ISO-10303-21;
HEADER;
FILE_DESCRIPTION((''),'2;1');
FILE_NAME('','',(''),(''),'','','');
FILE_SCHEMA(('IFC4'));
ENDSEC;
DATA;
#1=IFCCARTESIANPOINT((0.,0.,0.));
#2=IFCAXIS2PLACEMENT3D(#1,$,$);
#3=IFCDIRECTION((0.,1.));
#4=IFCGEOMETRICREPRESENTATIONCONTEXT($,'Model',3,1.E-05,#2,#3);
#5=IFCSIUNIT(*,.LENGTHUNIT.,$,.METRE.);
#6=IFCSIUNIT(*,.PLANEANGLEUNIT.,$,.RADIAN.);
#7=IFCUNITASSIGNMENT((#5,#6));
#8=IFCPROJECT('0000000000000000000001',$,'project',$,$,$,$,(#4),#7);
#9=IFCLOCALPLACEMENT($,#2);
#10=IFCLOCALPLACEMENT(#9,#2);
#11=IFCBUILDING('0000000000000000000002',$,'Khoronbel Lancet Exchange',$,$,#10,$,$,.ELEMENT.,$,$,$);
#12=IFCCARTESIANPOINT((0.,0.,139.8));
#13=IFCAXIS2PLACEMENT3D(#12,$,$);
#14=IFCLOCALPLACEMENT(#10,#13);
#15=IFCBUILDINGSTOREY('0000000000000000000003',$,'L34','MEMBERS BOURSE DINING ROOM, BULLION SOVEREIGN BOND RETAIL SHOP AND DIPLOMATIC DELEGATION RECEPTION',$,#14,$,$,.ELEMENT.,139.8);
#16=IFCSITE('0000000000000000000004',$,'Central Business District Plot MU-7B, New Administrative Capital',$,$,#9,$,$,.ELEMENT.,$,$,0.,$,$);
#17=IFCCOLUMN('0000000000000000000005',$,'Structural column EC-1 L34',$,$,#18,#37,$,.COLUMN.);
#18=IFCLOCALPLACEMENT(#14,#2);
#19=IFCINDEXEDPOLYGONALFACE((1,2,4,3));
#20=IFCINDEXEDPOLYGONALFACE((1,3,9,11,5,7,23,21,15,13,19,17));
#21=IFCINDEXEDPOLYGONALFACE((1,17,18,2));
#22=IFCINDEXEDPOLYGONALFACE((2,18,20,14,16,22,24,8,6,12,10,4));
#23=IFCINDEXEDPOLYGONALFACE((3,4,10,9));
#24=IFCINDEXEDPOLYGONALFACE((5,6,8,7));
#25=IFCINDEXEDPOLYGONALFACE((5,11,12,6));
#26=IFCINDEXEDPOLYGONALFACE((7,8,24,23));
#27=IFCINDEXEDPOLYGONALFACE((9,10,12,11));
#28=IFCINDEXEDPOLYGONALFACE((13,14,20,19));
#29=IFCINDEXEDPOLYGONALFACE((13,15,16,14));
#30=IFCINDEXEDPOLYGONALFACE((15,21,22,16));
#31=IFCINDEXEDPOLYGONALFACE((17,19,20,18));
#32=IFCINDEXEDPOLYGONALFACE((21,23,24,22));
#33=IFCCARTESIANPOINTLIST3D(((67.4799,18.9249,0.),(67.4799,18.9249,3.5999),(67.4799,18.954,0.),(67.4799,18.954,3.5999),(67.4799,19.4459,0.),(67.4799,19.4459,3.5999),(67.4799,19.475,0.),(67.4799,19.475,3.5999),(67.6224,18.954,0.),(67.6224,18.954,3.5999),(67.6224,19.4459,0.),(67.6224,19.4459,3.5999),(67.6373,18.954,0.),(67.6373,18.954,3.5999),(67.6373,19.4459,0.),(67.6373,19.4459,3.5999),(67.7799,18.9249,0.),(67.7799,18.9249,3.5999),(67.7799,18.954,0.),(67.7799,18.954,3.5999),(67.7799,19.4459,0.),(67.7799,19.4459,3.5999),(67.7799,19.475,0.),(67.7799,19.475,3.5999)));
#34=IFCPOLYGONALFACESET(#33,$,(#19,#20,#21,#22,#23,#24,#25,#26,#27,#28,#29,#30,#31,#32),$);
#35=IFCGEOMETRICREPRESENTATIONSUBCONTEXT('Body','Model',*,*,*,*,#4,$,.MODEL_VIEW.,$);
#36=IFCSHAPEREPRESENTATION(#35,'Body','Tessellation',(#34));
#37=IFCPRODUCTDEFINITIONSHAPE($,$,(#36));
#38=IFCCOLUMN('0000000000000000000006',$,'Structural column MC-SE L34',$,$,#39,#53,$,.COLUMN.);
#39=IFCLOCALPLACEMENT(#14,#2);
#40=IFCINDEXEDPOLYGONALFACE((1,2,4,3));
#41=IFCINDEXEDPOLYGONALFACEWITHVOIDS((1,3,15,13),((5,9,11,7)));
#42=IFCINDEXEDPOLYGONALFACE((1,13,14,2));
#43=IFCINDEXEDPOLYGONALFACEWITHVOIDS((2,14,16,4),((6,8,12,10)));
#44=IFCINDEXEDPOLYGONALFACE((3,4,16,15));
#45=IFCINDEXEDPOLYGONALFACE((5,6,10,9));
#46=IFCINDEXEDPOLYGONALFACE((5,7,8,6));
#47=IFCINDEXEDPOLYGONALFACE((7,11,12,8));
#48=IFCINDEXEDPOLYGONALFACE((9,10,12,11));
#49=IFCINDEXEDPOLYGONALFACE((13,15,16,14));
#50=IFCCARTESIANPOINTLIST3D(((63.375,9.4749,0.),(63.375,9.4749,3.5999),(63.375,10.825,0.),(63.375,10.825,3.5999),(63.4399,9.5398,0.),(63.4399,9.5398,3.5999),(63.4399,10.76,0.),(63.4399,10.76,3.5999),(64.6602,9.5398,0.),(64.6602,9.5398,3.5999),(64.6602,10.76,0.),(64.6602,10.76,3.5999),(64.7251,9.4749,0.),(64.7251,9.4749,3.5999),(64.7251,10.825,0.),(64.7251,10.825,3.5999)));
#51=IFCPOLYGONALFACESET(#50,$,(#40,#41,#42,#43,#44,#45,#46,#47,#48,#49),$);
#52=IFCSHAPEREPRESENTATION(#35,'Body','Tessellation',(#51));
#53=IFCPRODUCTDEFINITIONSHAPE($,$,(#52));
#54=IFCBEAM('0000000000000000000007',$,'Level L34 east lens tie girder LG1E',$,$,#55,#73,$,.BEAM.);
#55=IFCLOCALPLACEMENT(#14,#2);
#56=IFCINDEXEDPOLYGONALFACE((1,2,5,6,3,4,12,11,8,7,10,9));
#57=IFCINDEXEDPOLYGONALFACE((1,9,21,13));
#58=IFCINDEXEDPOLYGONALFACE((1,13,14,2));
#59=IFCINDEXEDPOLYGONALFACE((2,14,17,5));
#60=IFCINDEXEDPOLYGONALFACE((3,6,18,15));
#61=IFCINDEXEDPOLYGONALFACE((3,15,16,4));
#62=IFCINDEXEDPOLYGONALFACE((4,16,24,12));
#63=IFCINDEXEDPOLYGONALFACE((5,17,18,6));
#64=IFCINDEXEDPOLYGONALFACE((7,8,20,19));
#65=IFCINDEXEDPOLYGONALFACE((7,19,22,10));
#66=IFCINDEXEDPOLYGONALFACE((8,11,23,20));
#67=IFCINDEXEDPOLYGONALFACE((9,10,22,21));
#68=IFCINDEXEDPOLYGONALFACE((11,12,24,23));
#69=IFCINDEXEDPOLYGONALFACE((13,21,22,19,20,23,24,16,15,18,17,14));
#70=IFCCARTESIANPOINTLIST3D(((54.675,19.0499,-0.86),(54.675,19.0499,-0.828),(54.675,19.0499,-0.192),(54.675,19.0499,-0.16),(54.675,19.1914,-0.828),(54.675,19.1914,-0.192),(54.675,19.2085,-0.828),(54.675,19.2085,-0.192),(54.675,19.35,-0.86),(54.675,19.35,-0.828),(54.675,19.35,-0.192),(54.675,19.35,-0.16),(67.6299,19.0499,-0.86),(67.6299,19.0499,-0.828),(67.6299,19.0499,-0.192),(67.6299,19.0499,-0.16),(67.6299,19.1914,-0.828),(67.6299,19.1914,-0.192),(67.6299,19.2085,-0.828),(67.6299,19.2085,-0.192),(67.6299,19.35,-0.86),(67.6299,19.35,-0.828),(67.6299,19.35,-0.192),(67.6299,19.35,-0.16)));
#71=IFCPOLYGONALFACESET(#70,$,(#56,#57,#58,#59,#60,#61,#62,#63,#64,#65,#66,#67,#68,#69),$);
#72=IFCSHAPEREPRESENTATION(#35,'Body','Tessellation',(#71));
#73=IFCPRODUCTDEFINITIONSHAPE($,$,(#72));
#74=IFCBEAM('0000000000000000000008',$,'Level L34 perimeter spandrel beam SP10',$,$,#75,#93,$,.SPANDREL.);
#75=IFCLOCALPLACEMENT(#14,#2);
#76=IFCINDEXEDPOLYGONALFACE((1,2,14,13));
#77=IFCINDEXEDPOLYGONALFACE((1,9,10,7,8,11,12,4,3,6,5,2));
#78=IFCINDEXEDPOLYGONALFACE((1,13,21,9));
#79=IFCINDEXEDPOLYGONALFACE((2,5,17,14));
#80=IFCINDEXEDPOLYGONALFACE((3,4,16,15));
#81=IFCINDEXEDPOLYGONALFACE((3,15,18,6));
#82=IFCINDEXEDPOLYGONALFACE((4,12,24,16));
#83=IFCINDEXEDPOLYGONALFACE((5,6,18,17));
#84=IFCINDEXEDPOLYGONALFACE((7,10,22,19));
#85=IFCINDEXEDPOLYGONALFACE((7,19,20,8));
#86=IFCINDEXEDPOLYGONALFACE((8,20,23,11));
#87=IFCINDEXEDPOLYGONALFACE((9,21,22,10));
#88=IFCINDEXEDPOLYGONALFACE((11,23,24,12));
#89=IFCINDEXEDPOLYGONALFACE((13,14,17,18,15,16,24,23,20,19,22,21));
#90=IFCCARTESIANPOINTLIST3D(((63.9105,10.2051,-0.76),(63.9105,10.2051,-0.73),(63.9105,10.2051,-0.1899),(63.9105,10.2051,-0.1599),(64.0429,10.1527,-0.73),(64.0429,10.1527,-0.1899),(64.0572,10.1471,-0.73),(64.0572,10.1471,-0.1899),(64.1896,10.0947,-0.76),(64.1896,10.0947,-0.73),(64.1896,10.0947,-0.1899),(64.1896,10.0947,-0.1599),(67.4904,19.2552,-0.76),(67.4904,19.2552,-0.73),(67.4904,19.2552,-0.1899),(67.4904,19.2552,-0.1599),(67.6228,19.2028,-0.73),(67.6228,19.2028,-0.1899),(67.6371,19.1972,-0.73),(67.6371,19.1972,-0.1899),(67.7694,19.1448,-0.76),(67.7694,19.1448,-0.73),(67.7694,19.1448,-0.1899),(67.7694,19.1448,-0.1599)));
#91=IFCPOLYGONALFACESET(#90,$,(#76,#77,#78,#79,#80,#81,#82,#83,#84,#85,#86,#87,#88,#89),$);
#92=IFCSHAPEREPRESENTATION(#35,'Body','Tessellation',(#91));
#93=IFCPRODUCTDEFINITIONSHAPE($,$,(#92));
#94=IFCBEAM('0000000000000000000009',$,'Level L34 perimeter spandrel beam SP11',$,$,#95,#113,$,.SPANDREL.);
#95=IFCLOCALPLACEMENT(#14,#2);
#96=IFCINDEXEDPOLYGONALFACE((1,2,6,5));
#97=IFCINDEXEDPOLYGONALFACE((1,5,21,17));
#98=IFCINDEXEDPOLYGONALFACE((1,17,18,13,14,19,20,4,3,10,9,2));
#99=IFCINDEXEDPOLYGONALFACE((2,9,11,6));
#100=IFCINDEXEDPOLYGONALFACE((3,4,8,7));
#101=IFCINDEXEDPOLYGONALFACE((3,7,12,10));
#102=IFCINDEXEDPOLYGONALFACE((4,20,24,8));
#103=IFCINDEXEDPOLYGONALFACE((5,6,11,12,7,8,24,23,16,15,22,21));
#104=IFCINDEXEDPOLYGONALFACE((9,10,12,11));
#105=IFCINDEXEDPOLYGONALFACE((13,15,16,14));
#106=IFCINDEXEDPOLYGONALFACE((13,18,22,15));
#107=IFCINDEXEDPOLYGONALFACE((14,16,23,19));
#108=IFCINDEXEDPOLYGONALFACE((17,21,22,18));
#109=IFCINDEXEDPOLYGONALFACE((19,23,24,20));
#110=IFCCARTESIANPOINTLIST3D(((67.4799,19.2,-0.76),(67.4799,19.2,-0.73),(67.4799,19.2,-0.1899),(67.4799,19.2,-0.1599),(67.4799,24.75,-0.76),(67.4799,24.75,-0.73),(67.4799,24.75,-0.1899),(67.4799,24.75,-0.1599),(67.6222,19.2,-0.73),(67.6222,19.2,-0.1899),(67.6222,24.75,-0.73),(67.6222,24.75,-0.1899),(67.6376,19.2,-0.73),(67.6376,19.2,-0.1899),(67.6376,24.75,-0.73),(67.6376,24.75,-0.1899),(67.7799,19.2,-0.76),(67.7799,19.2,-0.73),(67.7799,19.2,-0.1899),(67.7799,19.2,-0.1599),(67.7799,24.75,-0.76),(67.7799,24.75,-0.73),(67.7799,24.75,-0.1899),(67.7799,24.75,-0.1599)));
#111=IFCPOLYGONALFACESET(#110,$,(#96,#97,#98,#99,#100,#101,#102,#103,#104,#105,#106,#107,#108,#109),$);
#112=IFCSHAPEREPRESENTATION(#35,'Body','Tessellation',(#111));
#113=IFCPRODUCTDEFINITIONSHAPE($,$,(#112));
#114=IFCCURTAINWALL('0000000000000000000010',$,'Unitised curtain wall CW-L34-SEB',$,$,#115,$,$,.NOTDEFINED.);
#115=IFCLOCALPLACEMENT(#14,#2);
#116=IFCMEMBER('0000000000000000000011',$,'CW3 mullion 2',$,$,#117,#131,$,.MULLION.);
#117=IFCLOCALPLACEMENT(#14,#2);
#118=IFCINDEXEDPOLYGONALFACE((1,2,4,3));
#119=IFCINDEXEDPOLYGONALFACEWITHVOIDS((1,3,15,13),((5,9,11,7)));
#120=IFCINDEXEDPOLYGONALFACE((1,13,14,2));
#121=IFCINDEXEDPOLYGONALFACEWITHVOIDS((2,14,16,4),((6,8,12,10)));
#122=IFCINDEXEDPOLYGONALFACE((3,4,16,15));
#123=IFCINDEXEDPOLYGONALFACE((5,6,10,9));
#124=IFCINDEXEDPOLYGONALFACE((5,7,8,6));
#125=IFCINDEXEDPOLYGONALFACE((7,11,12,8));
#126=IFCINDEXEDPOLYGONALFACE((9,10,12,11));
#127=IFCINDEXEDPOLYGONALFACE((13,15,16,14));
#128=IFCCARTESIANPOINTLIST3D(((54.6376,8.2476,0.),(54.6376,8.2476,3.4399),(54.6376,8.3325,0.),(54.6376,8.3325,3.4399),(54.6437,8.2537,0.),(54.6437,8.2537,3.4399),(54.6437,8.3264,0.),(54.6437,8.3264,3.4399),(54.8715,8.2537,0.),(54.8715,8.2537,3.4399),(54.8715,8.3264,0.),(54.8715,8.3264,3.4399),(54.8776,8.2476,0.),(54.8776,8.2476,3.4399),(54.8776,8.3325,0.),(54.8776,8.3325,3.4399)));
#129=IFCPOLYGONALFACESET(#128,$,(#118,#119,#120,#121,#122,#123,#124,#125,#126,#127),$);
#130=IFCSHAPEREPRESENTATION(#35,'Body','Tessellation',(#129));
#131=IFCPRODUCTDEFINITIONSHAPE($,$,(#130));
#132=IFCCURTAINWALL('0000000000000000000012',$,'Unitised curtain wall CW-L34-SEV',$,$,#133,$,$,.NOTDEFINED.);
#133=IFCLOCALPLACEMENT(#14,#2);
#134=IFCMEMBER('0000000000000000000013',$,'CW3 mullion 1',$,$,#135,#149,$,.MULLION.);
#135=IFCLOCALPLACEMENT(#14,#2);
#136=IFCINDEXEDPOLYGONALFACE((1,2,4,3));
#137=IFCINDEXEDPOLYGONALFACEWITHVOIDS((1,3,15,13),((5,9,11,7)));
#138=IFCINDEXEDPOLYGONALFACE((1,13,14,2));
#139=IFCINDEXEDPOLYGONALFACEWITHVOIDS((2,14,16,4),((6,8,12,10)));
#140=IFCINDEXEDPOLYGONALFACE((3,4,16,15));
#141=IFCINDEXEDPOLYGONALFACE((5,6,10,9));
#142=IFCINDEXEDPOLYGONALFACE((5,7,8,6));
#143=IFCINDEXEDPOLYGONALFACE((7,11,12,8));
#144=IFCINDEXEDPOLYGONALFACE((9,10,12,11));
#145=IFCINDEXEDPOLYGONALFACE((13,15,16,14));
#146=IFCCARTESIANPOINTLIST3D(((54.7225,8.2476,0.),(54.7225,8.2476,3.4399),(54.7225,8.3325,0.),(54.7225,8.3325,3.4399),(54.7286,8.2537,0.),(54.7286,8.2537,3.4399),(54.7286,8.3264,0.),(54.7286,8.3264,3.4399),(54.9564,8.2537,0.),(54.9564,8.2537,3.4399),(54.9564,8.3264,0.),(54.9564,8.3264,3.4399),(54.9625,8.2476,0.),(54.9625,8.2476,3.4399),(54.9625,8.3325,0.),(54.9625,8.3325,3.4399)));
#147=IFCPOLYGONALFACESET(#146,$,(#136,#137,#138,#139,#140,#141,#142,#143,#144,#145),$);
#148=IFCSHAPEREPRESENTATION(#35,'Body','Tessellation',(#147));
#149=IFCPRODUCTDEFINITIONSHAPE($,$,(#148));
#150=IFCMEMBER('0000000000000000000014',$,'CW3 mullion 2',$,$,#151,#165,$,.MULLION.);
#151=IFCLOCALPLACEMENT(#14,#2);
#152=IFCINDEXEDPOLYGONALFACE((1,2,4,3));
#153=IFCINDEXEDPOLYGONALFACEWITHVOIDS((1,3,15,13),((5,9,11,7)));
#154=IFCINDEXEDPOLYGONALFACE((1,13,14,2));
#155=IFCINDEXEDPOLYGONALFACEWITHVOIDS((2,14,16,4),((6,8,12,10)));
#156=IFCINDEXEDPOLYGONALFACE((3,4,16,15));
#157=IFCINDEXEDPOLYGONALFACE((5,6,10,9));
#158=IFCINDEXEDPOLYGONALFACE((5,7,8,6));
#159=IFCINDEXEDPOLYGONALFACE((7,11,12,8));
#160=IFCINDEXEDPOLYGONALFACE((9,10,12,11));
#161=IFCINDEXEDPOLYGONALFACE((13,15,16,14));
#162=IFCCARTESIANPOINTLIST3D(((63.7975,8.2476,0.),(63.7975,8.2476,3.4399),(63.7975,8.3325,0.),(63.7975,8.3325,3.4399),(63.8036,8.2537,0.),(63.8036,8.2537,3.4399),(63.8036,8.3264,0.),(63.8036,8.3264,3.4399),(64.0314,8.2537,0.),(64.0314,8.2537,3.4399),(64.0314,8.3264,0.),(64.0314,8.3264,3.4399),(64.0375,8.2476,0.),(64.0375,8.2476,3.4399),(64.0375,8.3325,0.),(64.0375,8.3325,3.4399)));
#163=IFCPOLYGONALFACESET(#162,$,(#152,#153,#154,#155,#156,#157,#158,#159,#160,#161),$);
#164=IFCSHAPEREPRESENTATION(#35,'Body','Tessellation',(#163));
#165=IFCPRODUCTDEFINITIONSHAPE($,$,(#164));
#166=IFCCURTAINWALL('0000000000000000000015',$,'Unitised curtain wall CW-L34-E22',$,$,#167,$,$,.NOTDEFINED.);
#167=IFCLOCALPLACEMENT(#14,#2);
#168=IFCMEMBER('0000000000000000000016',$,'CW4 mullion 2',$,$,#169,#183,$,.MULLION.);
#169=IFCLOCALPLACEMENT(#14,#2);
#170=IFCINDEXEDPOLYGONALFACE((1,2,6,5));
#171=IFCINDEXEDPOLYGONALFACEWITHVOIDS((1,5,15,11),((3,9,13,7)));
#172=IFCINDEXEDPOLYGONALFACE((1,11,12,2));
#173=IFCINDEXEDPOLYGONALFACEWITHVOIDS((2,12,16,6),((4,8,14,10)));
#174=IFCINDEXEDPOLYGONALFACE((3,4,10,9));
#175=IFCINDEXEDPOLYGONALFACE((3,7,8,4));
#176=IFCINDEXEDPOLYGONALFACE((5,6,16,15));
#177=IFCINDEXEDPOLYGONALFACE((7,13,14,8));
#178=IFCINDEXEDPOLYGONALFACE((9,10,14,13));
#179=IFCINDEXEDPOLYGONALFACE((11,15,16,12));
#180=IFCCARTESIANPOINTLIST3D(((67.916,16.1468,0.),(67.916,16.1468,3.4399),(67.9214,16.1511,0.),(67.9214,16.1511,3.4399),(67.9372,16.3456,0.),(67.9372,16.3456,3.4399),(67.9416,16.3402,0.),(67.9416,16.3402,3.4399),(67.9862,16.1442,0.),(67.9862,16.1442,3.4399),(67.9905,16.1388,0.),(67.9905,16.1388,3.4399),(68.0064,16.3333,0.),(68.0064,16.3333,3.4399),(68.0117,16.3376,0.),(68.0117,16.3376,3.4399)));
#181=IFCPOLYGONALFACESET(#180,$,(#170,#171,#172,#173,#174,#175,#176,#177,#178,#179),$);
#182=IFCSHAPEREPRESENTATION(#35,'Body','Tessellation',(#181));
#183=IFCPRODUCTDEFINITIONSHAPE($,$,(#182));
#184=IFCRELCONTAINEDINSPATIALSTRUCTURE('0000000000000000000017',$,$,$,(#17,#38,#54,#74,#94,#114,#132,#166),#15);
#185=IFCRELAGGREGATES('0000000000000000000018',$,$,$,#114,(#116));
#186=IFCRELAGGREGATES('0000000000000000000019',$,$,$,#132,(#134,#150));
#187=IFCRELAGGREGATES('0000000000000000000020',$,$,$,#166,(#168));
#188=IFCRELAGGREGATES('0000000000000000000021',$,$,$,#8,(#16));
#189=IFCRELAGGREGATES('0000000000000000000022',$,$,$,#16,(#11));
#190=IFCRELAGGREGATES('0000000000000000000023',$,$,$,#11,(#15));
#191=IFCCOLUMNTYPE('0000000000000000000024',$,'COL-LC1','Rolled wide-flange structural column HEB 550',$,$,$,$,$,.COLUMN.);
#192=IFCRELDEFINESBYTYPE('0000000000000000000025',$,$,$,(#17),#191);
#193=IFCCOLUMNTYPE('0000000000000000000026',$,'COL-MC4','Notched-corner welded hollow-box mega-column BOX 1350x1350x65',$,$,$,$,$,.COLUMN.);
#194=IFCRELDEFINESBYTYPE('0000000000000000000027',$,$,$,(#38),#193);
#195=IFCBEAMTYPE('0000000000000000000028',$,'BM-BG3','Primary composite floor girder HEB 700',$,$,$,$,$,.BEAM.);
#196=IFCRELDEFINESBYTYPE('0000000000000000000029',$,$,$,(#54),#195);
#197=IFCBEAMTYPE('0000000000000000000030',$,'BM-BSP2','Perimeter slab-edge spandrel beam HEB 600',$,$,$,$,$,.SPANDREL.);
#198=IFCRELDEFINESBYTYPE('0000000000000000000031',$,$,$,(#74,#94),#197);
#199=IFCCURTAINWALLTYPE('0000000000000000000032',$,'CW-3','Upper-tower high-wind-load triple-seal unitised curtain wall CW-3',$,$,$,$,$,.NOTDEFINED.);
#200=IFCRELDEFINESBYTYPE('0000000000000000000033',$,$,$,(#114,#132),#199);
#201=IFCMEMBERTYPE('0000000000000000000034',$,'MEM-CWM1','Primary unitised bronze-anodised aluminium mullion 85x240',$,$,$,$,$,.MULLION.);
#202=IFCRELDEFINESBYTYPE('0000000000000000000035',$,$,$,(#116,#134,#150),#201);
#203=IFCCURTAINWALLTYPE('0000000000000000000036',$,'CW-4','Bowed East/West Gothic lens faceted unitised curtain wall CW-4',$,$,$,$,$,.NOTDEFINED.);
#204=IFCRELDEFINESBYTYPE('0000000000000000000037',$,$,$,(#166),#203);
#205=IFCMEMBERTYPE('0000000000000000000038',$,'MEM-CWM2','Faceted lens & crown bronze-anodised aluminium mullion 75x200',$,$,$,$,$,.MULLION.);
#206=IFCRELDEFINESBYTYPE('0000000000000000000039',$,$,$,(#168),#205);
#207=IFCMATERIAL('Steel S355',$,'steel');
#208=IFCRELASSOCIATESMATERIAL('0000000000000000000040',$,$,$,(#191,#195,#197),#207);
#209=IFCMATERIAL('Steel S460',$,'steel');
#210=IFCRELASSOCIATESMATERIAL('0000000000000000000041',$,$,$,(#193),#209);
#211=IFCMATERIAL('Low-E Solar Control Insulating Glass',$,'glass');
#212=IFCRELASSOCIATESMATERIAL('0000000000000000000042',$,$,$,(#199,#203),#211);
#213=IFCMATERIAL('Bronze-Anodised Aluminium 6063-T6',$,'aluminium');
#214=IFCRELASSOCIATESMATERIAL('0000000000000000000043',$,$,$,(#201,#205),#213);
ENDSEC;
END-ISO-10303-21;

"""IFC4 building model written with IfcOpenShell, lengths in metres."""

from ifc_helpers import new_model, si_unit, direction, frame, origin, origin_2d, place, context, subcontext, project, spatial, hollow_rectangle, i_section, extrude, material, material_profile, profile_set, type_object, element, aggregate, save


model = new_model("IFC4")

# Units and contexts
model_context = context("Model", 3, precision=1e-05, world=origin(), true_north=direction((0.0, 1.0)))
body_context = subcontext(model_context, "Body", "Model", "MODEL_VIEW")
ifc_project = project(units=[si_unit("LENGTHUNIT", "METRE"), si_unit("PLANEANGLEUNIT", "RADIAN")], contexts=[model_context])

# Site, building, storey
site_placement = place(None, origin())
site = spatial("IfcSite", under=ifc_project, at=site_placement, Name="Central Business District Plot MU-7B, New Administrative Capital", CompositionType="ELEMENT", RefElevation=0.0)
building_placement = place(site_placement, origin())
building = spatial("IfcBuilding", under=site, at=building_placement, Name="Khoronbel Lancet Exchange", CompositionType="ELEMENT")
storey_placement = place(building_placement, frame((0.0, 0.0, 139.8)))
storey = spatial("IfcBuildingStorey", under=building, at=storey_placement, Name="L34", Description="MEMBERS BOURSE DINING ROOM, BULLION SOVEREIGN BOND RETAIL SHOP AND DIPLOMATIC DELEGATION RECEPTION", CompositionType="ELEMENT", Elevation=139.8)

# Columns
ifc_material_1 = material(Name="Steel S355", Category="steel")
ifc_material_profile_1 = material_profile(ifc_material_1, i_section(OverallWidth=0.3, OverallDepth=0.55, WebThickness=0.0149, FlangeThickness=0.0291, at=origin_2d()), Name="HEB 550")
ifc_profile_set_1 = profile_set([ifc_material_profile_1], Name="Steel S355")
column_type_1 = type_object("IfcColumnType", Name="COL-LC1", Description="Rolled wide-flange structural column HEB 550", PredefinedType="COLUMN", material=ifc_profile_set_1)
column_1_placement = place(storey_placement, frame((67.6299, 19.2, 0.0), z_axis=(0.0, 0.0, 1.0), x_axis=(1.0, 0.0, 0.0)))
element("IfcColumn", 1, at=column_1_placement, inside=storey, type_object=column_type_1, Name="Structural column EC-1 L34", PredefinedType="COLUMN", context=body_context, shape_type="SweptSolid", body=[
    extrude(i_section(OverallWidth=0.3, OverallDepth=0.55, WebThickness=0.0149, FlangeThickness=0.0291, at=origin_2d()), origin(), (0.0, 0.0, 1.0), 3.5999),
])
ifc_material_2 = material(Name="Steel S460", Category="steel")
ifc_material_profile_2 = material_profile(ifc_material_2, hollow_rectangle(XDim=1.3501, YDim=1.3501, WallThickness=0.0649, at=origin_2d()), Name="BOX 1350x1350x65")
ifc_profile_set_2 = profile_set([ifc_material_profile_2], Name="Steel S460")
column_type_2 = type_object("IfcColumnType", Name="COL-MC4", Description="Notched-corner welded hollow-box mega-column BOX 1350x1350x65", PredefinedType="COLUMN", material=ifc_profile_set_2)
column_2_placement = place(storey_placement, frame((64.05, 10.1499, 0.0), z_axis=(0.0, 0.0, 1.0), x_axis=(1.0, 0.0, 0.0)))
element("IfcColumn", 2, at=column_2_placement, inside=storey, type_object=column_type_2, Name="Structural column MC-SE L34", PredefinedType="COLUMN", context=body_context, shape_type="SweptSolid", body=[
    extrude(hollow_rectangle(XDim=1.3501, YDim=1.3501, WallThickness=0.0649, at=origin_2d()), origin(), (0.0, 0.0, 1.0), 3.5999),
])

# Beams
ifc_material_profile_3 = material_profile(ifc_material_1, i_section(OverallWidth=0.3, OverallDepth=0.7, WebThickness=0.0171, FlangeThickness=0.032, at=origin_2d()), Name="HEB 700")
ifc_profile_set_3 = profile_set([ifc_material_profile_3], Name="Steel S355")
beam_type_1 = type_object("IfcBeamType", Name="BM-BG3", Description="Primary composite floor girder HEB 700", PredefinedType="BEAM", material=ifc_profile_set_3)
beam_1_placement = place(storey_placement, frame((54.675, 19.2, -0.51), z_axis=(1.0, 0.0, 0.0), x_axis=(0.0, 1.0, 0.0)))
element("IfcBeam", 3, at=beam_1_placement, inside=storey, type_object=beam_type_1, Name="Level L34 east lens tie girder LG1E", PredefinedType="BEAM", context=body_context, shape_type="SweptSolid", body=[
    extrude(i_section(OverallWidth=0.3, OverallDepth=0.7, WebThickness=0.0171, FlangeThickness=0.032, at=origin_2d()), origin(), (0.0, 0.0, 1.0), 12.9548),
])
ifc_material_profile_4 = material_profile(ifc_material_1, i_section(OverallWidth=0.3, OverallDepth=0.6001, WebThickness=0.0154, FlangeThickness=0.03, at=origin_2d()), Name="HEB 600")
ifc_profile_set_4 = profile_set([ifc_material_profile_4], Name="Steel S355")
beam_type_2 = type_object("IfcBeamType", Name="BM-BSP2", Description="Perimeter slab-edge spandrel beam HEB 600", PredefinedType="SPANDREL", material=ifc_profile_set_4)
beam_2_placement = place(storey_placement, frame((64.05, 10.1499, -0.46), z_axis=(0.367828, 0.929894, 0.0), x_axis=(-0.929894, 0.367828, 0.0)))
element("IfcBeam", 4, at=beam_2_placement, inside=storey, type_object=beam_type_2, Name="Level L34 perimeter spandrel beam SP10", PredefinedType="SPANDREL", context=body_context, shape_type="SweptSolid", body=[
    extrude(i_section(OverallWidth=0.3, OverallDepth=0.6001, WebThickness=0.0154, FlangeThickness=0.03, at=origin_2d()), origin(), (0.0, 0.0, 1.0), 9.7324),
])
beam_3_placement = place(storey_placement, frame((67.6299, 19.2, -0.46), z_axis=(0.0, 1.0, 0.0), x_axis=(-1.0, 0.0, 0.0)))
element("IfcBeam", 5, at=beam_3_placement, inside=storey, type_object=beam_type_2, Name="Level L34 perimeter spandrel beam SP11", PredefinedType="SPANDREL", context=body_context, shape_type="SweptSolid", body=[
    extrude(i_section(OverallWidth=0.3, OverallDepth=0.6001, WebThickness=0.0154, FlangeThickness=0.03, at=origin_2d()), origin(), (0.0, 0.0, 1.0), 5.55),
])

# Curtain wall, member
ifc_material_3 = material(Name="Low-E Solar Control Insulating Glass", Category="glass")
curtain_wall_type_1 = type_object("IfcCurtainWallType", Name="CW-3", Description="Upper-tower high-wind-load triple-seal unitised curtain wall CW-3", PredefinedType="NOTDEFINED", material=ifc_material_3)
curtain_wall_1_placement = place(storey_placement, origin())
curtain_wall_1 = element("IfcCurtainWall", 6, at=curtain_wall_1_placement, inside=storey, type_object=curtain_wall_type_1, Name="Unitised curtain wall CW-L34-SEB", PredefinedType="NOTDEFINED")
ifc_material_4 = material(Name="Bronze-Anodised Aluminium 6063-T6", Category="aluminium")
ifc_material_profile_5 = material_profile(ifc_material_4, hollow_rectangle(XDim=0.085, YDim=0.24, WallThickness=0.0061, at=origin_2d()), Name="ALU MULLION 85x240")
ifc_profile_set_5 = profile_set([ifc_material_profile_5], Name="Bronze-Anodised Aluminium 6063-T6")
member_type_1 = type_object("IfcMemberType", Name="MEM-CWM1", Description="Primary unitised bronze-anodised aluminium mullion 85x240", PredefinedType="MULLION", material=ifc_profile_set_5)
member_1_placement = place(storey_placement, frame((54.7576, 8.29, 0.0), z_axis=(0.0, 0.0, 1.0), x_axis=(0.0, 1.0, 0.0)))
member_1 = element("IfcMember", 7, at=member_1_placement, type_object=member_type_1, Name="CW3 mullion 2", PredefinedType="MULLION", context=body_context, shape_type="SweptSolid", body=[
    extrude(hollow_rectangle(XDim=0.085, YDim=0.24, WallThickness=0.0061, at=origin_2d()), origin(), (0.0, 0.0, 1.0), 3.4399),
])
aggregate(curtain_wall_1, [member_1])

# Curtain walls, members
curtain_wall_2_placement = place(storey_placement, origin())
curtain_wall_2 = element("IfcCurtainWall", 8, at=curtain_wall_2_placement, inside=storey, type_object=curtain_wall_type_1, Name="Unitised curtain wall CW-L34-SEV", PredefinedType="NOTDEFINED")
member_2_placement = place(storey_placement, frame((54.8425, 8.29, 0.0), z_axis=(0.0, 0.0, 1.0), x_axis=(0.0, 1.0, 0.0)))
member_2 = element("IfcMember", 9, at=member_2_placement, type_object=member_type_1, Name="CW3 mullion 1", PredefinedType="MULLION", context=body_context, shape_type="SweptSolid", body=[
    extrude(hollow_rectangle(XDim=0.085, YDim=0.24, WallThickness=0.0061, at=origin_2d()), origin(), (0.0, 0.0, 1.0), 3.4399),
])
member_3_placement = place(storey_placement, frame((63.9175, 8.29, 0.0), z_axis=(0.0, 0.0, 1.0), x_axis=(0.0, 1.0, 0.0)))
member_3 = element("IfcMember", 10, at=member_3_placement, type_object=member_type_1, Name="CW3 mullion 2", PredefinedType="MULLION", context=body_context, shape_type="SweptSolid", body=[
    extrude(hollow_rectangle(XDim=0.085, YDim=0.24, WallThickness=0.0061, at=origin_2d()), origin(), (0.0, 0.0, 1.0), 3.4399),
])
curtain_wall_type_2 = type_object("IfcCurtainWallType", Name="CW-4", Description="Bowed East/West Gothic lens faceted unitised curtain wall CW-4", PredefinedType="NOTDEFINED", material=ifc_material_3)
curtain_wall_3_placement = place(storey_placement, origin())
curtain_wall_3 = element("IfcCurtainWall", 11, at=curtain_wall_3_placement, inside=storey, type_object=curtain_wall_type_2, Name="Unitised curtain wall CW-L34-E22", PredefinedType="NOTDEFINED")
ifc_material_profile_6 = material_profile(ifc_material_4, hollow_rectangle(XDim=0.075, YDim=0.2, WallThickness=0.0049, at=origin_2d()), Name="ALU MULLION 75x200")
ifc_profile_set_6 = profile_set([ifc_material_profile_6], Name="Bronze-Anodised Aluminium 6063-T6")
member_type_2 = type_object("IfcMemberType", Name="MEM-CWM2", Description="Faceted lens & crown bronze-anodised aluminium mullion 75x200", PredefinedType="MULLION", material=ifc_profile_set_6)
member_4_placement = place(storey_placement, frame((67.9639, 16.2422, 0.0), z_axis=(0.0, 0.0, 1.0), x_axis=(0.994347, -0.106181, 0.0)))
member_4 = element("IfcMember", 12, at=member_4_placement, type_object=member_type_2, Name="CW4 mullion 2", PredefinedType="MULLION", context=body_context, shape_type="SweptSolid", body=[
    extrude(hollow_rectangle(XDim=0.075, YDim=0.2, WallThickness=0.0049, at=origin_2d()), origin(), (0.0, 0.0, 1.0), 3.4399),
])

aggregate(curtain_wall_2, [member_2, member_3])
aggregate(curtain_wall_3, [member_4])

save(model, "model.ifc")
